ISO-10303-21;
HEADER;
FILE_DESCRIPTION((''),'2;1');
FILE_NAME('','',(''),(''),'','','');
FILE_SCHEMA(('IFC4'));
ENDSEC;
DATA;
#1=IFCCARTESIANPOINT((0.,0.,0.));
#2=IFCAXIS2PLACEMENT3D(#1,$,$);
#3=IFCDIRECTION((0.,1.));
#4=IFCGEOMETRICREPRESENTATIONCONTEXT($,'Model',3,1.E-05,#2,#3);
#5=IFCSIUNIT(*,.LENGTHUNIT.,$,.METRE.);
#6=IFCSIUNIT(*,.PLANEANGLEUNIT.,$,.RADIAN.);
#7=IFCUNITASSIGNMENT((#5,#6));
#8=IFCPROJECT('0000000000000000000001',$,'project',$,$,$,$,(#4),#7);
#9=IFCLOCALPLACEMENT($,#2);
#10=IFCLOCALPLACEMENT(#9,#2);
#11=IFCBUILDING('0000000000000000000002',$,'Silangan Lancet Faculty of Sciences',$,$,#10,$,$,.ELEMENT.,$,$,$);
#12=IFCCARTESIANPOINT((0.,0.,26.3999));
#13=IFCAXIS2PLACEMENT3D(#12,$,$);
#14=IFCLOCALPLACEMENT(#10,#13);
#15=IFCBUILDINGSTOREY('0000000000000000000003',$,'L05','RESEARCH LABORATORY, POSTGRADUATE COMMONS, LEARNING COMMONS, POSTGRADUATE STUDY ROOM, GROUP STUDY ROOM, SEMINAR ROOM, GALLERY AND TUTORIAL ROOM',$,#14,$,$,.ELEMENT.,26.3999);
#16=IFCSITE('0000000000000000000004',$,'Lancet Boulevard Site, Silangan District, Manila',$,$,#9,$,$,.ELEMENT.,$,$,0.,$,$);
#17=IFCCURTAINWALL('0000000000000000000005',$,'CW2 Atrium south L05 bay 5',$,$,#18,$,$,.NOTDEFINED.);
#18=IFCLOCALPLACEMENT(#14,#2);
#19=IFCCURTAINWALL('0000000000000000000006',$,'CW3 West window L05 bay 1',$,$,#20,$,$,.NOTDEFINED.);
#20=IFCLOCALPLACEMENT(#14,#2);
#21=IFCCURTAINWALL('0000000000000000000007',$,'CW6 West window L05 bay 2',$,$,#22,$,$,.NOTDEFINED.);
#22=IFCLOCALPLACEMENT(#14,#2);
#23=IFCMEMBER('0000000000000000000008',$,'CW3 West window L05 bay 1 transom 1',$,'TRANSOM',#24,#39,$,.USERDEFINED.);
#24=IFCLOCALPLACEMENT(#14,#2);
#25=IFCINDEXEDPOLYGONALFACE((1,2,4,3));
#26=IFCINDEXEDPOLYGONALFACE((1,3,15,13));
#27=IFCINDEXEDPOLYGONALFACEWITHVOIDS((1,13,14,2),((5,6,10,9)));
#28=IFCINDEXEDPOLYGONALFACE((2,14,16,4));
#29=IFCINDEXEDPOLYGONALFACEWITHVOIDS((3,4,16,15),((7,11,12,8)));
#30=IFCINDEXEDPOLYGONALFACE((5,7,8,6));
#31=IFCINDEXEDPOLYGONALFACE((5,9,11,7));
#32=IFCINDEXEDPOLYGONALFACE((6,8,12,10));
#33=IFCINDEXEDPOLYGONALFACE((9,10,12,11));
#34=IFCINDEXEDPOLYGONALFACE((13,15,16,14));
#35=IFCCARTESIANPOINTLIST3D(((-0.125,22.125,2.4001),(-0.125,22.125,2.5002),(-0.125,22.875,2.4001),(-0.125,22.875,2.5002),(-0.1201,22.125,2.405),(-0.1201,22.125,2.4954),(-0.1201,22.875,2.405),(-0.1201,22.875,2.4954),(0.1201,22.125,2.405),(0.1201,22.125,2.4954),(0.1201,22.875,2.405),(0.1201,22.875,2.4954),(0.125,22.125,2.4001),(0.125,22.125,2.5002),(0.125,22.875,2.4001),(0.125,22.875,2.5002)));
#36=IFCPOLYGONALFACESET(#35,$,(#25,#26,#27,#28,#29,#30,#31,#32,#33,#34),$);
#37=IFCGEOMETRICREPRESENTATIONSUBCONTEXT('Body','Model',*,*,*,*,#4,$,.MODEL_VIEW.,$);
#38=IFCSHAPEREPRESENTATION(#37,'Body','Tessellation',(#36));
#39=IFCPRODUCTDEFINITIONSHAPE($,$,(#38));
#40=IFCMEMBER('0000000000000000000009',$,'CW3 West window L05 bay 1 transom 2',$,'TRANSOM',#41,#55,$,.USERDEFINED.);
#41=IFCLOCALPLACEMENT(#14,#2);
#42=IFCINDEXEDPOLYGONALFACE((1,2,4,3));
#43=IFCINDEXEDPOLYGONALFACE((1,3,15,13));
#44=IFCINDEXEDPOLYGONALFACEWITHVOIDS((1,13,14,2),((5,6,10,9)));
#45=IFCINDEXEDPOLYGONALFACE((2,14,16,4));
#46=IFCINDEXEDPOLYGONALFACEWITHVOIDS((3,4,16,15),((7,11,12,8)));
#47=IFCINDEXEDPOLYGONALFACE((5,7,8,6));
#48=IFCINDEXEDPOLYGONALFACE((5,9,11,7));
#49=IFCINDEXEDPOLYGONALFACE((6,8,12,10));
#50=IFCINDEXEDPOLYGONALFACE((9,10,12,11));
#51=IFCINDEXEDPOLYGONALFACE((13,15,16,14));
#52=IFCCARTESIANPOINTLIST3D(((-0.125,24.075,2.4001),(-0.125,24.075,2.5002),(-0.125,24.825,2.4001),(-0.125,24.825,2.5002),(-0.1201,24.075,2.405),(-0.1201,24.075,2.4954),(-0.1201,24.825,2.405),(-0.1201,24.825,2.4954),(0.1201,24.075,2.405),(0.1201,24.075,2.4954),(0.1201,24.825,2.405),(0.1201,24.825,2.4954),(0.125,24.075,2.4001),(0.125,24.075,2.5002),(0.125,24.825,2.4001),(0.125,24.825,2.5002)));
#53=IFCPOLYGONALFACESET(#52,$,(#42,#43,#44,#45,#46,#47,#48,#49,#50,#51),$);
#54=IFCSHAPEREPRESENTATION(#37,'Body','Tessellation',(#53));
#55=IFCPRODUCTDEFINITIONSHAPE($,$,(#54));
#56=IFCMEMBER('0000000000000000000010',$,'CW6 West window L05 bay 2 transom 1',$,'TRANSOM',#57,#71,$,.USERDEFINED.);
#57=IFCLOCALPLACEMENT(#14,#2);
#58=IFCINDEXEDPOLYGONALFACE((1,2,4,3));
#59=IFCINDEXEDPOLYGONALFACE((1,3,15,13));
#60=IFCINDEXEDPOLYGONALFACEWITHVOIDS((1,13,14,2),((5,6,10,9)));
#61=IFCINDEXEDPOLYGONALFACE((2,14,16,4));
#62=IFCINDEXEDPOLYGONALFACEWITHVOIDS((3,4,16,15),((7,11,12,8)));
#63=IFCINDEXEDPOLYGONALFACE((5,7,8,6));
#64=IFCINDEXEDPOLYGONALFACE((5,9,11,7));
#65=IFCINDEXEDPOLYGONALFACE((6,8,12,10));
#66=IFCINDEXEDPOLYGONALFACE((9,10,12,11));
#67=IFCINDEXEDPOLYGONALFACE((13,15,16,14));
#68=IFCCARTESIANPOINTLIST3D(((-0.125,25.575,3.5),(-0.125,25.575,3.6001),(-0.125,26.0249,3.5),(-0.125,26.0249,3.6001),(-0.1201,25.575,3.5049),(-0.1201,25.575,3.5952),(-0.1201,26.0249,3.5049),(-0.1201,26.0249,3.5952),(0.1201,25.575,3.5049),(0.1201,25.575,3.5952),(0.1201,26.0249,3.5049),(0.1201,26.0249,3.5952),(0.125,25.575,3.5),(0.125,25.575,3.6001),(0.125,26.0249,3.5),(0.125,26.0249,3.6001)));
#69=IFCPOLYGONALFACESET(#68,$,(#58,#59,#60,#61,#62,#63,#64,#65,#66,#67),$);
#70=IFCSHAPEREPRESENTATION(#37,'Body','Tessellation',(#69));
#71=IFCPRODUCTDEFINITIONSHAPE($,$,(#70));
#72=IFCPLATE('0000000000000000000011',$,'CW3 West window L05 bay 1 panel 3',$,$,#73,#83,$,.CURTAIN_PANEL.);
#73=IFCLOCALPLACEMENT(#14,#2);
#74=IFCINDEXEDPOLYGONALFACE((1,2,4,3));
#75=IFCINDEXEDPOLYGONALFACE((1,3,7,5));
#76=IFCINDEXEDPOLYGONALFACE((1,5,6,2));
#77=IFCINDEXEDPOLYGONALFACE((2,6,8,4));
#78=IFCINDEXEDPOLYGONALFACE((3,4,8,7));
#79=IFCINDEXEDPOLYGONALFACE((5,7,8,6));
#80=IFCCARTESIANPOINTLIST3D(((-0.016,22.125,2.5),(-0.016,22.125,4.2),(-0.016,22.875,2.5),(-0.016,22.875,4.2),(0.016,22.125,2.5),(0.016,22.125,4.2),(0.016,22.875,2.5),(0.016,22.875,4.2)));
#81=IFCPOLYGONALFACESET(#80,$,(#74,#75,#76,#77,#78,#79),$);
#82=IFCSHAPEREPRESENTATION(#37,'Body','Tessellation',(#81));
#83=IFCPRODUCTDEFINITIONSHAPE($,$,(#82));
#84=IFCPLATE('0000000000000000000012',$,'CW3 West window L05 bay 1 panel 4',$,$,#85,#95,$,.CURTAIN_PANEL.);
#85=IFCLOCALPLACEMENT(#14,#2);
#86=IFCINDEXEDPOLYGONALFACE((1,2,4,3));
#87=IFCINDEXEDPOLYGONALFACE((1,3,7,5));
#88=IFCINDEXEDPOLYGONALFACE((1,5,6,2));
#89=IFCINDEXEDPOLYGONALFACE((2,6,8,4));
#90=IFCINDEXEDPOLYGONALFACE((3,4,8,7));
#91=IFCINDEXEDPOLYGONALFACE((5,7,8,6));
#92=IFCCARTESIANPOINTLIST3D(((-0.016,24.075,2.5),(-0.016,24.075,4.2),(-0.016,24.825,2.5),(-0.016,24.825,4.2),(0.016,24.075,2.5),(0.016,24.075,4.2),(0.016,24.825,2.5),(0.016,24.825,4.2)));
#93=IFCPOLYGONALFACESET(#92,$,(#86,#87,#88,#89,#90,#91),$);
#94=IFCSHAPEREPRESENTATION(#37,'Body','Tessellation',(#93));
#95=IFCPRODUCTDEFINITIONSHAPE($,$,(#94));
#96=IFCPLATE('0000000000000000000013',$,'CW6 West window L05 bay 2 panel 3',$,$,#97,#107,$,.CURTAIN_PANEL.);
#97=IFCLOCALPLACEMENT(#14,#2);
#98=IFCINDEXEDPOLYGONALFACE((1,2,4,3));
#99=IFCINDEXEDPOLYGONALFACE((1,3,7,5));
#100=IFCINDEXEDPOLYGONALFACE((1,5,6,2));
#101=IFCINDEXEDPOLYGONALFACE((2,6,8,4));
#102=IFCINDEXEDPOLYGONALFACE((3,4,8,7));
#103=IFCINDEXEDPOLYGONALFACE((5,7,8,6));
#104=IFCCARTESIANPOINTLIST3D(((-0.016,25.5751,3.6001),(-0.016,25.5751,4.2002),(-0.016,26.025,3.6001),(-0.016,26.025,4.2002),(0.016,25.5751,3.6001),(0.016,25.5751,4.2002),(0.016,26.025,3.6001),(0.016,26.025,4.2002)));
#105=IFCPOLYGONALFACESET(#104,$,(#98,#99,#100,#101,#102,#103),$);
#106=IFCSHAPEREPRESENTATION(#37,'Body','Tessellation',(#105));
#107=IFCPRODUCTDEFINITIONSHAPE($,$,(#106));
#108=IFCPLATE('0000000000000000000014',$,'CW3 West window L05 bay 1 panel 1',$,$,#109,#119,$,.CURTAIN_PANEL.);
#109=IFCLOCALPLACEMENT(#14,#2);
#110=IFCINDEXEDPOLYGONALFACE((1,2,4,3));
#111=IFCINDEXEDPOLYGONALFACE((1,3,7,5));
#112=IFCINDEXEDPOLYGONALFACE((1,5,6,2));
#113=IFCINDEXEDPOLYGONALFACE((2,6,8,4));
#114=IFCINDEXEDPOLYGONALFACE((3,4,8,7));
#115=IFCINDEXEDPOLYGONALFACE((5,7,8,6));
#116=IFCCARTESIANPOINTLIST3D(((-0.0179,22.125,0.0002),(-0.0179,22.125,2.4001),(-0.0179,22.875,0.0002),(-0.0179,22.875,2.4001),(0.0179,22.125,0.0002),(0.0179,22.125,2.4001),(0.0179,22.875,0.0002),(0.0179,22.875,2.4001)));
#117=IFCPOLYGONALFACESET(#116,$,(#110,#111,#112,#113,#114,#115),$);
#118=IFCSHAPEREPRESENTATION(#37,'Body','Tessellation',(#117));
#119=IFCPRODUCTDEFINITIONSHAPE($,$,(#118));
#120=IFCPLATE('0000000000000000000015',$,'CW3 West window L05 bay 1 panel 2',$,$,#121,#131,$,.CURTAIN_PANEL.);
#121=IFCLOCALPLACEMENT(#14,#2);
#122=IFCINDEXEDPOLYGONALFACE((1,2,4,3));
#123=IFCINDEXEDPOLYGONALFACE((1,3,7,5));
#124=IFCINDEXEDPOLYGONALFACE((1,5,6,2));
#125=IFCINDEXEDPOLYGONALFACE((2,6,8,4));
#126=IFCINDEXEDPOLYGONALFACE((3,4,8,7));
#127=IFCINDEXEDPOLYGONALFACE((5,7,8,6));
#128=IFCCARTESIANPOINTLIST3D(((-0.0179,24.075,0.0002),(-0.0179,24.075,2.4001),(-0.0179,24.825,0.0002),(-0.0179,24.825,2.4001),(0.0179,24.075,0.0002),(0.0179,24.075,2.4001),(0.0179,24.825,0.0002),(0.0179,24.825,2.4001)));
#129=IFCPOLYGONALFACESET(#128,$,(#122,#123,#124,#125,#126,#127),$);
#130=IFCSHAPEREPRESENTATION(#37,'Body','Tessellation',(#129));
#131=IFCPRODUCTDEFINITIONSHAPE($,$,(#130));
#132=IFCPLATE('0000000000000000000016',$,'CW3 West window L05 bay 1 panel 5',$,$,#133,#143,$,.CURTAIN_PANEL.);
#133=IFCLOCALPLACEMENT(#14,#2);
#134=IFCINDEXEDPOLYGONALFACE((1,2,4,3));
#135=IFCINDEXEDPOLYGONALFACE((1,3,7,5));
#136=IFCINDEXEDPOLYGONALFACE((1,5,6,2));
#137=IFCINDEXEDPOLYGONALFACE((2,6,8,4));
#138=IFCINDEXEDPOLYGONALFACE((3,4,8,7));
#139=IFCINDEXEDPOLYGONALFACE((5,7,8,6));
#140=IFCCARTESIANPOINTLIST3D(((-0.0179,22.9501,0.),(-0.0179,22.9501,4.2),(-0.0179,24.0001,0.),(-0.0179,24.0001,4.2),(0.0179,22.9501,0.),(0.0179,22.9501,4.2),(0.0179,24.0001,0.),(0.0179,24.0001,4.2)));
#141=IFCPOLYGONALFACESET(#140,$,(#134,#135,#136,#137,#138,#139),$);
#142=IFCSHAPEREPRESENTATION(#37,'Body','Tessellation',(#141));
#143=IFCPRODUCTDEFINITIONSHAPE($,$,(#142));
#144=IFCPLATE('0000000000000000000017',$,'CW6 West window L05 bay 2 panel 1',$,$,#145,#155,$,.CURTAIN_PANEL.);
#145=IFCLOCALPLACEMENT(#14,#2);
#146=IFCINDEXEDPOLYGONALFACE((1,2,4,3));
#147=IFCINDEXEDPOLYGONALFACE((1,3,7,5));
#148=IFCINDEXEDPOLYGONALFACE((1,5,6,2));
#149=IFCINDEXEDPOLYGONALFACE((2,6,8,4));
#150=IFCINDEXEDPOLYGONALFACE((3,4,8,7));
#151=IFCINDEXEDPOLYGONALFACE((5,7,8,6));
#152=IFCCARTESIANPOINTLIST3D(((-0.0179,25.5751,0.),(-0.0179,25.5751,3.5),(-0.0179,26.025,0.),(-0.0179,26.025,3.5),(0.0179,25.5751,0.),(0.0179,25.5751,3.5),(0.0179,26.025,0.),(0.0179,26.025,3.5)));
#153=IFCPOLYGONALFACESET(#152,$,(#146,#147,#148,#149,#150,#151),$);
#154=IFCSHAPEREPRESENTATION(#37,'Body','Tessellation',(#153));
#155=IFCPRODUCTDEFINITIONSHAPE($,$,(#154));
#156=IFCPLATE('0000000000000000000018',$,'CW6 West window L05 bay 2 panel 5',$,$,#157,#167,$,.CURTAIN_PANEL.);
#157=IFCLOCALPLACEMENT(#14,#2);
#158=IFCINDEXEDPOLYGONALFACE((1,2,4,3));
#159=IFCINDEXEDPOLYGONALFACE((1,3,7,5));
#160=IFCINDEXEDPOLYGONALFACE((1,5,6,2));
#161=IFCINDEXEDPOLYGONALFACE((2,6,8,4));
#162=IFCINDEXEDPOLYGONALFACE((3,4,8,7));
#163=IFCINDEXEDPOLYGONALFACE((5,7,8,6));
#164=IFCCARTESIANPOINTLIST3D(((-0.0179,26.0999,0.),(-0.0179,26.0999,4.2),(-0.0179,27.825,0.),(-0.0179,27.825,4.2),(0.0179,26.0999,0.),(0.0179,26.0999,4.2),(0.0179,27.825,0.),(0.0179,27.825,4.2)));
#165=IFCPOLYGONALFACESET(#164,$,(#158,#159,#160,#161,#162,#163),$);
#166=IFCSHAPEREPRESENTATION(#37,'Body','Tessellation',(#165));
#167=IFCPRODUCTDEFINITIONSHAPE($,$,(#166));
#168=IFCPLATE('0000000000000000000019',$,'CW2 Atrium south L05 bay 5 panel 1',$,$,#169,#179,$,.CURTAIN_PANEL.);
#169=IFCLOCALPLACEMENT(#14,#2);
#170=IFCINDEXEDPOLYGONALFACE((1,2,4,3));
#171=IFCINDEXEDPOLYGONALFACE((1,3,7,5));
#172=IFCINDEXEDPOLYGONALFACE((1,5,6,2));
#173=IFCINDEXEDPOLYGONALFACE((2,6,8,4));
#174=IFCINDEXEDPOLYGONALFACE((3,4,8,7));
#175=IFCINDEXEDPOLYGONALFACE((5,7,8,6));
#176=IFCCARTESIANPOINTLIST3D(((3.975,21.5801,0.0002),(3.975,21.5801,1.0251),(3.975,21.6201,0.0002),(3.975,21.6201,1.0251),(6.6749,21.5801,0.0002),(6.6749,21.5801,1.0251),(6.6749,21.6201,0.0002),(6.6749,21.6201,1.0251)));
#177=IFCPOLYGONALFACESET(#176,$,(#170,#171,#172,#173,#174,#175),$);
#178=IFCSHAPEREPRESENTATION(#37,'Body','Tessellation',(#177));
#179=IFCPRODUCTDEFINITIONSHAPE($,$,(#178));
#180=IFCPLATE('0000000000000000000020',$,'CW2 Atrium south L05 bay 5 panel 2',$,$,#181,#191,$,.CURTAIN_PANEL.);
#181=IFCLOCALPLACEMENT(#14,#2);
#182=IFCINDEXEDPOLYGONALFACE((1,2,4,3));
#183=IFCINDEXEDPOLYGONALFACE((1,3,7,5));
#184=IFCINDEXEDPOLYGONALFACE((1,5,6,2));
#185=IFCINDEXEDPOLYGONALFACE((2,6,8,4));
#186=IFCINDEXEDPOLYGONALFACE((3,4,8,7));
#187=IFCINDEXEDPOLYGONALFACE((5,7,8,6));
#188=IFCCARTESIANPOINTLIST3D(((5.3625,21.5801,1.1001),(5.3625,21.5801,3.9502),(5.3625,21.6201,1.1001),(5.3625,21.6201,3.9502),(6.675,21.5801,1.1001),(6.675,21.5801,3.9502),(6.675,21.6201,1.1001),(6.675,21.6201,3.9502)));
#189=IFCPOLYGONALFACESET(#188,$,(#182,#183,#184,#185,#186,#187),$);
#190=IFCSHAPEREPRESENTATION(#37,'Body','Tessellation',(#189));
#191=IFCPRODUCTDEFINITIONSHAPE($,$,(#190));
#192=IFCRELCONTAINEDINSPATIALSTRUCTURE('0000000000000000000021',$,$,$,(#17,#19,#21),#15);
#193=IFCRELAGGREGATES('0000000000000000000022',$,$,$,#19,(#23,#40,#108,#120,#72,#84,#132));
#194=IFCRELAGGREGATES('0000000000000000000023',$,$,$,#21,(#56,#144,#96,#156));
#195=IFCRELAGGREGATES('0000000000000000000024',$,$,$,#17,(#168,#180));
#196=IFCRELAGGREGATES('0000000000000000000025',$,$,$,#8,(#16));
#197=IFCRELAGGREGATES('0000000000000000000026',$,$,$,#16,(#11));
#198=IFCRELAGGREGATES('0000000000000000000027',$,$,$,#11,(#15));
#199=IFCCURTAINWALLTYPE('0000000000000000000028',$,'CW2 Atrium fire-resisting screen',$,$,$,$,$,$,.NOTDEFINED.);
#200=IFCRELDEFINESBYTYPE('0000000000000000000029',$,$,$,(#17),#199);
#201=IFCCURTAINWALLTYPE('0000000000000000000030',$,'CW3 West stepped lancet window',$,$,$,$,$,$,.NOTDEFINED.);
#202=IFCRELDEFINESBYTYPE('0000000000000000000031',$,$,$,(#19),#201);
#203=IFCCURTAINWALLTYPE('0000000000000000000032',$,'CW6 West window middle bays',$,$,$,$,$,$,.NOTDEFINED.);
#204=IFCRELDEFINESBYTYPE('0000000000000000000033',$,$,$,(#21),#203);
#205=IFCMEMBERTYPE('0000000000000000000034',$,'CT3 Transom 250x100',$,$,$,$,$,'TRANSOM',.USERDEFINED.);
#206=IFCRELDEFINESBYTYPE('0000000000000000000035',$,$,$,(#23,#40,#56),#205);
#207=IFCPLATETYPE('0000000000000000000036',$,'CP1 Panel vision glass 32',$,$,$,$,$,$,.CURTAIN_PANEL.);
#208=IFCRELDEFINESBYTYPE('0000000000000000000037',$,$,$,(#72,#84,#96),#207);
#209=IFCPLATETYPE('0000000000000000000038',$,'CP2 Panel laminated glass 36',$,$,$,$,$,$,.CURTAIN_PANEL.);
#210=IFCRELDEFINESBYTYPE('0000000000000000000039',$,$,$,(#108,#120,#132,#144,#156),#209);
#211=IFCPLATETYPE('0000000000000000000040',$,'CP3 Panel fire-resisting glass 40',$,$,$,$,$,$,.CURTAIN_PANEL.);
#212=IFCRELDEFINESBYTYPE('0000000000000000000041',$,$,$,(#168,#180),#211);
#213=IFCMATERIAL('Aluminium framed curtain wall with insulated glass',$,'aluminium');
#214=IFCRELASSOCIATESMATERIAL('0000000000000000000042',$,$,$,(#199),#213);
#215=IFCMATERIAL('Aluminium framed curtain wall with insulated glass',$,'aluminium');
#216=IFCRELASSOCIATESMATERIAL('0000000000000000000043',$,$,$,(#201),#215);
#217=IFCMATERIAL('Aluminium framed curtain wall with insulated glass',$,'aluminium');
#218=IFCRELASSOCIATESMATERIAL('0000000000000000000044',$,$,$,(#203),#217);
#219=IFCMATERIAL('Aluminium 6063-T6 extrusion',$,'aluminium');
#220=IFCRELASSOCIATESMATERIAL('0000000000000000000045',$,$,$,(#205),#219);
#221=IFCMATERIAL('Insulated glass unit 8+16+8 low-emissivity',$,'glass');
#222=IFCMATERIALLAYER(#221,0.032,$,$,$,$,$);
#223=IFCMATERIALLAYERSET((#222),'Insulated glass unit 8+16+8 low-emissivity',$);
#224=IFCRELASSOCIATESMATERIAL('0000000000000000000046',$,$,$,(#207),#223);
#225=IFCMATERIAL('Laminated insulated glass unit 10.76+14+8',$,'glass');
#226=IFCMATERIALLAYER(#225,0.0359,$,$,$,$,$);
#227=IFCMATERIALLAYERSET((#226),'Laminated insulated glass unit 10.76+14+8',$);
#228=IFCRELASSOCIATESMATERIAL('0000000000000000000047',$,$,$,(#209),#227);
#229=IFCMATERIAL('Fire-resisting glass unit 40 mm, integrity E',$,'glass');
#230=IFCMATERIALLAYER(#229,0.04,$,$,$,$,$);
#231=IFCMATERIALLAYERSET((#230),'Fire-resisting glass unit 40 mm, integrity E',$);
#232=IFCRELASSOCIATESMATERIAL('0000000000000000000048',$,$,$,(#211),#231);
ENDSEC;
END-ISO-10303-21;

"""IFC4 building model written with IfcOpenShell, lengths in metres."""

from ifc_helpers import new_model, si_unit, direction, frame, origin, origin_2d, place, context, subcontext, project, spatial, rectangle, hollow_rectangle, extrude, material, layer, layer_set, material_profile, profile_set, type_object, element, aggregate, save


model = new_model("IFC4")

# Units and contexts
model_context = context("Model", 3, precision=1e-05, world=origin(), true_north=direction((0.0, 1.0)))
body_context = subcontext(model_context, "Body", "Model", "MODEL_VIEW")
ifc_project = project(units=[si_unit("LENGTHUNIT", "METRE"), si_unit("PLANEANGLEUNIT", "RADIAN")], contexts=[model_context])

# Site, building, storey
site_placement = place(None, origin())
site = spatial("IfcSite", under=ifc_project, at=site_placement, Name="Lancet Boulevard Site, Silangan District, Manila", CompositionType="ELEMENT", RefElevation=0.0)
building_placement = place(site_placement, origin())
building = spatial("IfcBuilding", under=site, at=building_placement, Name="Silangan Lancet Faculty of Sciences", CompositionType="ELEMENT")
storey_placement = place(building_placement, frame((0.0, 0.0, 26.3999)))
storey = spatial("IfcBuildingStorey", under=building, at=storey_placement, Name="L05", Description="RESEARCH LABORATORY, POSTGRADUATE COMMONS, LEARNING COMMONS, POSTGRADUATE STUDY ROOM, GROUP STUDY ROOM, SEMINAR ROOM, GALLERY AND TUTORIAL ROOM", CompositionType="ELEMENT", Elevation=26.3999)

# Curtain walls
ifc_material_1 = material(Name="Aluminium framed curtain wall with insulated glass", Category="aluminium")
curtain_wall_type_1 = type_object("IfcCurtainWallType", Name="CW2 Atrium fire-resisting screen", PredefinedType="NOTDEFINED", material=ifc_material_1)
curtain_wall_1_placement = place(storey_placement, origin())
curtain_wall_1 = element("IfcCurtainWall", 1, at=curtain_wall_1_placement, inside=storey, type_object=curtain_wall_type_1, Name="CW2 Atrium south L05 bay 5", PredefinedType="NOTDEFINED")
ifc_material_2 = material(Name="Aluminium framed curtain wall with insulated glass", Category="aluminium")
curtain_wall_type_2 = type_object("IfcCurtainWallType", Name="CW3 West stepped lancet window", PredefinedType="NOTDEFINED", material=ifc_material_2)
curtain_wall_2_placement = place(storey_placement, origin())
curtain_wall_2 = element("IfcCurtainWall", 2, at=curtain_wall_2_placement, inside=storey, type_object=curtain_wall_type_2, Name="CW3 West window L05 bay 1", PredefinedType="NOTDEFINED")
ifc_material_3 = material(Name="Aluminium framed curtain wall with insulated glass", Category="aluminium")
curtain_wall_type_3 = type_object("IfcCurtainWallType", Name="CW6 West window middle bays", PredefinedType="NOTDEFINED", material=ifc_material_3)
curtain_wall_3_placement = place(storey_placement, origin())
curtain_wall_3 = element("IfcCurtainWall", 3, at=curtain_wall_3_placement, inside=storey, type_object=curtain_wall_type_3, Name="CW6 West window L05 bay 2", PredefinedType="NOTDEFINED")

# Members
ifc_material_4 = material(Name="Aluminium 6063-T6 extrusion", Category="aluminium")
ifc_material_profile_1 = material_profile(ifc_material_4, hollow_rectangle(XDim=0.25, YDim=0.1001, WallThickness=0.0049, at=origin_2d()), Name="AL BOX 250x100x5")
ifc_profile_set_1 = profile_set([ifc_material_profile_1], Name="Aluminium 6063-T6 extrusion")
member_type_1 = type_object("IfcMemberType", Name="CT3 Transom 250x100", ElementType="TRANSOM", PredefinedType="USERDEFINED", material=ifc_profile_set_1)
member_1_placement = place(storey_placement, frame((0.0, 22.125, 2.4502), z_axis=(0.0, 1.0, 0.0), x_axis=(-1.0, 0.0, 0.0)))
member_1 = element("IfcMember", 4, at=member_1_placement, type_object=member_type_1, Name="CW3 West window L05 bay 1 transom 1", ObjectType="TRANSOM", PredefinedType="USERDEFINED", context=body_context, shape_type="SweptSolid", body=[
    extrude(hollow_rectangle(XDim=0.25, YDim=0.1001, WallThickness=0.0049, at=origin_2d()), origin(), (0.0, 0.0, 1.0), 0.75),
])
member_2_placement = place(storey_placement, frame((0.0, 24.075, 2.4502), z_axis=(0.0, 1.0, 0.0), x_axis=(-1.0, 0.0, 0.0)))
member_2 = element("IfcMember", 5, at=member_2_placement, type_object=member_type_1, Name="CW3 West window L05 bay 1 transom 2", ObjectType="TRANSOM", PredefinedType="USERDEFINED", context=body_context, shape_type="SweptSolid", body=[
    extrude(hollow_rectangle(XDim=0.25, YDim=0.1001, WallThickness=0.0049, at=origin_2d()), origin(), (0.0, 0.0, 1.0), 0.75),
])
member_3_placement = place(storey_placement, frame((0.0, 25.575, 3.55), z_axis=(0.0, 1.0, 0.0), x_axis=(-1.0, 0.0, 0.0)))
member_3 = element("IfcMember", 6, at=member_3_placement, type_object=member_type_1, Name="CW6 West window L05 bay 2 transom 1", ObjectType="TRANSOM", PredefinedType="USERDEFINED", context=body_context, shape_type="SweptSolid", body=[
    extrude(hollow_rectangle(XDim=0.25, YDim=0.1001, WallThickness=0.0049, at=origin_2d()), origin(), (0.0, 0.0, 1.0), 0.45),
])

# Plates
ifc_material_5 = material(Name="Insulated glass unit 8+16+8 low-emissivity", Category="glass")
ifc_layer_1 = layer(ifc_material_5, 0.032)
ifc_layer_set_1 = layer_set([ifc_layer_1], Name="Insulated glass unit 8+16+8 low-emissivity")
plate_type_1 = type_object("IfcPlateType", Name="CP1 Panel vision glass 32", PredefinedType="CURTAIN_PANEL", material=ifc_layer_set_1)
plate_1_placement = place(storey_placement, frame((0.0, 22.5, 2.5), z_axis=(0.0, 0.0, 1.0), x_axis=(0.0, 1.0, 0.0)))
plate_1 = element("IfcPlate", 7, at=plate_1_placement, type_object=plate_type_1, Name="CW3 West window L05 bay 1 panel 3", PredefinedType="CURTAIN_PANEL", context=body_context, shape_type="SweptSolid", body=[
    extrude(rectangle(XDim=0.75, YDim=0.032, at=origin_2d()), origin(), (0.0, 0.0, 1.0), 1.7),
])
plate_2_placement = place(storey_placement, frame((0.0, 24.45, 2.5), z_axis=(0.0, 0.0, 1.0), x_axis=(0.0, 1.0, 0.0)))
plate_2 = element("IfcPlate", 8, at=plate_2_placement, type_object=plate_type_1, Name="CW3 West window L05 bay 1 panel 4", PredefinedType="CURTAIN_PANEL", context=body_context, shape_type="SweptSolid", body=[
    extrude(rectangle(XDim=0.75, YDim=0.032, at=origin_2d()), origin(), (0.0, 0.0, 1.0), 1.7),
])
plate_3_placement = place(storey_placement, frame((0.0, 25.8, 3.6001), z_axis=(0.0, 0.0, 1.0), x_axis=(0.0, 1.0, 0.0)))
plate_3 = element("IfcPlate", 9, at=plate_3_placement, type_object=plate_type_1, Name="CW6 West window L05 bay 2 panel 3", PredefinedType="CURTAIN_PANEL", context=body_context, shape_type="SweptSolid", body=[
    extrude(rectangle(XDim=0.45, YDim=0.032, at=origin_2d()), origin(), (0.0, 0.0, 1.0), 0.6001),
])
ifc_material_6 = material(Name="Laminated insulated glass unit 10.76+14+8", Category="glass")
ifc_layer_2 = layer(ifc_material_6, 0.0359)
ifc_layer_set_2 = layer_set([ifc_layer_2], Name="Laminated insulated glass unit 10.76+14+8")
plate_type_2 = type_object("IfcPlateType", Name="CP2 Panel laminated glass 36", PredefinedType="CURTAIN_PANEL", material=ifc_layer_set_2)
plate_4_placement = place(storey_placement, frame((0.0, 22.5, 0.0002), z_axis=(0.0, 0.0, 1.0), x_axis=(0.0, 1.0, 0.0)))
plate_4 = element("IfcPlate", 10, at=plate_4_placement, type_object=plate_type_2, Name="CW3 West window L05 bay 1 panel 1", PredefinedType="CURTAIN_PANEL", context=body_context, shape_type="SweptSolid", body=[
    extrude(rectangle(XDim=0.75, YDim=0.0359, at=origin_2d()), origin(), (0.0, 0.0, 1.0), 2.3999),
])
plate_5_placement = place(storey_placement, frame((0.0, 24.45, 0.0002), z_axis=(0.0, 0.0, 1.0), x_axis=(0.0, 1.0, 0.0)))
plate_5 = element("IfcPlate", 11, at=plate_5_placement, type_object=plate_type_2, Name="CW3 West window L05 bay 1 panel 2", PredefinedType="CURTAIN_PANEL", context=body_context, shape_type="SweptSolid", body=[
    extrude(rectangle(XDim=0.75, YDim=0.0359, at=origin_2d()), origin(), (0.0, 0.0, 1.0), 2.3999),
])
plate_6_placement = place(storey_placement, frame((0.0, 23.4751, 0.0), z_axis=(0.0, 0.0, 1.0), x_axis=(0.0, 1.0, 0.0)))
plate_6 = element("IfcPlate", 12, at=plate_6_placement, type_object=plate_type_2, Name="CW3 West window L05 bay 1 panel 5", PredefinedType="CURTAIN_PANEL", context=body_context, shape_type="SweptSolid", body=[
    extrude(rectangle(XDim=1.05, YDim=0.0359, at=origin_2d()), origin(), (0.0, 0.0, 1.0), 4.2),
])
aggregate(curtain_wall_2, [member_1, member_2, plate_4, plate_5, plate_1, plate_2, plate_6])
plate_7_placement = place(storey_placement, frame((0.0, 25.8, 0.0), z_axis=(0.0, 0.0, 1.0), x_axis=(0.0, 1.0, 0.0)))
plate_7 = element("IfcPlate", 13, at=plate_7_placement, type_object=plate_type_2, Name="CW6 West window L05 bay 2 panel 1", PredefinedType="CURTAIN_PANEL", context=body_context, shape_type="SweptSolid", body=[
    extrude(rectangle(XDim=0.45, YDim=0.0359, at=origin_2d()), origin(), (0.0, 0.0, 1.0), 3.5),
])
plate_8_placement = place(storey_placement, frame((0.0, 26.9624, 0.0), z_axis=(0.0, 0.0, 1.0), x_axis=(0.0, 1.0, 0.0)))
plate_8 = element("IfcPlate", 14, at=plate_8_placement, type_object=plate_type_2, Name="CW6 West window L05 bay 2 panel 5", PredefinedType="CURTAIN_PANEL", context=body_context, shape_type="SweptSolid", body=[
    extrude(rectangle(XDim=1.7251, YDim=0.0359, at=origin_2d()), origin(), (0.0, 0.0, 1.0), 4.2),
])
aggregate(curtain_wall_3, [member_3, plate_7, plate_3, plate_8])
ifc_material_7 = material(Name="Fire-resisting glass unit 40 mm, integrity E", Category="glass")
ifc_layer_3 = layer(ifc_material_7, 0.04)
ifc_layer_set_3 = layer_set([ifc_layer_3], Name="Fire-resisting glass unit 40 mm, integrity E")
plate_type_3 = type_object("IfcPlateType", Name="CP3 Panel fire-resisting glass 40", PredefinedType="CURTAIN_PANEL", material=ifc_layer_set_3)
plate_9_placement = place(storey_placement, frame((5.325, 21.6001, 0.0002), z_axis=(0.0, 0.0, 1.0), x_axis=(-1.0, 0.0, 0.0)))
plate_9 = element("IfcPlate", 15, at=plate_9_placement, type_object=plate_type_3, Name="CW2 Atrium south L05 bay 5 panel 1", PredefinedType="CURTAIN_PANEL", context=body_context, shape_type="SweptSolid", body=[
    extrude(rectangle(XDim=2.7, YDim=0.04, at=origin_2d()), origin(), (0.0, 0.0, 1.0), 1.0249),
])
plate_10_placement = place(storey_placement, frame((6.0188, 21.6001, 1.1001), z_axis=(0.0, 0.0, 1.0), x_axis=(-1.0, 0.0, 0.0)))
plate_10 = element("IfcPlate", 16, at=plate_10_placement, type_object=plate_type_3, Name="CW2 Atrium south L05 bay 5 panel 2", PredefinedType="CURTAIN_PANEL", context=body_context, shape_type="SweptSolid", body=[
    extrude(rectangle(XDim=1.3125, YDim=0.04, at=origin_2d()), origin(), (0.0, 0.0, 1.0), 2.8501),
])
aggregate(curtain_wall_1, [plate_9, plate_10])

save(model, "model.ifc")
